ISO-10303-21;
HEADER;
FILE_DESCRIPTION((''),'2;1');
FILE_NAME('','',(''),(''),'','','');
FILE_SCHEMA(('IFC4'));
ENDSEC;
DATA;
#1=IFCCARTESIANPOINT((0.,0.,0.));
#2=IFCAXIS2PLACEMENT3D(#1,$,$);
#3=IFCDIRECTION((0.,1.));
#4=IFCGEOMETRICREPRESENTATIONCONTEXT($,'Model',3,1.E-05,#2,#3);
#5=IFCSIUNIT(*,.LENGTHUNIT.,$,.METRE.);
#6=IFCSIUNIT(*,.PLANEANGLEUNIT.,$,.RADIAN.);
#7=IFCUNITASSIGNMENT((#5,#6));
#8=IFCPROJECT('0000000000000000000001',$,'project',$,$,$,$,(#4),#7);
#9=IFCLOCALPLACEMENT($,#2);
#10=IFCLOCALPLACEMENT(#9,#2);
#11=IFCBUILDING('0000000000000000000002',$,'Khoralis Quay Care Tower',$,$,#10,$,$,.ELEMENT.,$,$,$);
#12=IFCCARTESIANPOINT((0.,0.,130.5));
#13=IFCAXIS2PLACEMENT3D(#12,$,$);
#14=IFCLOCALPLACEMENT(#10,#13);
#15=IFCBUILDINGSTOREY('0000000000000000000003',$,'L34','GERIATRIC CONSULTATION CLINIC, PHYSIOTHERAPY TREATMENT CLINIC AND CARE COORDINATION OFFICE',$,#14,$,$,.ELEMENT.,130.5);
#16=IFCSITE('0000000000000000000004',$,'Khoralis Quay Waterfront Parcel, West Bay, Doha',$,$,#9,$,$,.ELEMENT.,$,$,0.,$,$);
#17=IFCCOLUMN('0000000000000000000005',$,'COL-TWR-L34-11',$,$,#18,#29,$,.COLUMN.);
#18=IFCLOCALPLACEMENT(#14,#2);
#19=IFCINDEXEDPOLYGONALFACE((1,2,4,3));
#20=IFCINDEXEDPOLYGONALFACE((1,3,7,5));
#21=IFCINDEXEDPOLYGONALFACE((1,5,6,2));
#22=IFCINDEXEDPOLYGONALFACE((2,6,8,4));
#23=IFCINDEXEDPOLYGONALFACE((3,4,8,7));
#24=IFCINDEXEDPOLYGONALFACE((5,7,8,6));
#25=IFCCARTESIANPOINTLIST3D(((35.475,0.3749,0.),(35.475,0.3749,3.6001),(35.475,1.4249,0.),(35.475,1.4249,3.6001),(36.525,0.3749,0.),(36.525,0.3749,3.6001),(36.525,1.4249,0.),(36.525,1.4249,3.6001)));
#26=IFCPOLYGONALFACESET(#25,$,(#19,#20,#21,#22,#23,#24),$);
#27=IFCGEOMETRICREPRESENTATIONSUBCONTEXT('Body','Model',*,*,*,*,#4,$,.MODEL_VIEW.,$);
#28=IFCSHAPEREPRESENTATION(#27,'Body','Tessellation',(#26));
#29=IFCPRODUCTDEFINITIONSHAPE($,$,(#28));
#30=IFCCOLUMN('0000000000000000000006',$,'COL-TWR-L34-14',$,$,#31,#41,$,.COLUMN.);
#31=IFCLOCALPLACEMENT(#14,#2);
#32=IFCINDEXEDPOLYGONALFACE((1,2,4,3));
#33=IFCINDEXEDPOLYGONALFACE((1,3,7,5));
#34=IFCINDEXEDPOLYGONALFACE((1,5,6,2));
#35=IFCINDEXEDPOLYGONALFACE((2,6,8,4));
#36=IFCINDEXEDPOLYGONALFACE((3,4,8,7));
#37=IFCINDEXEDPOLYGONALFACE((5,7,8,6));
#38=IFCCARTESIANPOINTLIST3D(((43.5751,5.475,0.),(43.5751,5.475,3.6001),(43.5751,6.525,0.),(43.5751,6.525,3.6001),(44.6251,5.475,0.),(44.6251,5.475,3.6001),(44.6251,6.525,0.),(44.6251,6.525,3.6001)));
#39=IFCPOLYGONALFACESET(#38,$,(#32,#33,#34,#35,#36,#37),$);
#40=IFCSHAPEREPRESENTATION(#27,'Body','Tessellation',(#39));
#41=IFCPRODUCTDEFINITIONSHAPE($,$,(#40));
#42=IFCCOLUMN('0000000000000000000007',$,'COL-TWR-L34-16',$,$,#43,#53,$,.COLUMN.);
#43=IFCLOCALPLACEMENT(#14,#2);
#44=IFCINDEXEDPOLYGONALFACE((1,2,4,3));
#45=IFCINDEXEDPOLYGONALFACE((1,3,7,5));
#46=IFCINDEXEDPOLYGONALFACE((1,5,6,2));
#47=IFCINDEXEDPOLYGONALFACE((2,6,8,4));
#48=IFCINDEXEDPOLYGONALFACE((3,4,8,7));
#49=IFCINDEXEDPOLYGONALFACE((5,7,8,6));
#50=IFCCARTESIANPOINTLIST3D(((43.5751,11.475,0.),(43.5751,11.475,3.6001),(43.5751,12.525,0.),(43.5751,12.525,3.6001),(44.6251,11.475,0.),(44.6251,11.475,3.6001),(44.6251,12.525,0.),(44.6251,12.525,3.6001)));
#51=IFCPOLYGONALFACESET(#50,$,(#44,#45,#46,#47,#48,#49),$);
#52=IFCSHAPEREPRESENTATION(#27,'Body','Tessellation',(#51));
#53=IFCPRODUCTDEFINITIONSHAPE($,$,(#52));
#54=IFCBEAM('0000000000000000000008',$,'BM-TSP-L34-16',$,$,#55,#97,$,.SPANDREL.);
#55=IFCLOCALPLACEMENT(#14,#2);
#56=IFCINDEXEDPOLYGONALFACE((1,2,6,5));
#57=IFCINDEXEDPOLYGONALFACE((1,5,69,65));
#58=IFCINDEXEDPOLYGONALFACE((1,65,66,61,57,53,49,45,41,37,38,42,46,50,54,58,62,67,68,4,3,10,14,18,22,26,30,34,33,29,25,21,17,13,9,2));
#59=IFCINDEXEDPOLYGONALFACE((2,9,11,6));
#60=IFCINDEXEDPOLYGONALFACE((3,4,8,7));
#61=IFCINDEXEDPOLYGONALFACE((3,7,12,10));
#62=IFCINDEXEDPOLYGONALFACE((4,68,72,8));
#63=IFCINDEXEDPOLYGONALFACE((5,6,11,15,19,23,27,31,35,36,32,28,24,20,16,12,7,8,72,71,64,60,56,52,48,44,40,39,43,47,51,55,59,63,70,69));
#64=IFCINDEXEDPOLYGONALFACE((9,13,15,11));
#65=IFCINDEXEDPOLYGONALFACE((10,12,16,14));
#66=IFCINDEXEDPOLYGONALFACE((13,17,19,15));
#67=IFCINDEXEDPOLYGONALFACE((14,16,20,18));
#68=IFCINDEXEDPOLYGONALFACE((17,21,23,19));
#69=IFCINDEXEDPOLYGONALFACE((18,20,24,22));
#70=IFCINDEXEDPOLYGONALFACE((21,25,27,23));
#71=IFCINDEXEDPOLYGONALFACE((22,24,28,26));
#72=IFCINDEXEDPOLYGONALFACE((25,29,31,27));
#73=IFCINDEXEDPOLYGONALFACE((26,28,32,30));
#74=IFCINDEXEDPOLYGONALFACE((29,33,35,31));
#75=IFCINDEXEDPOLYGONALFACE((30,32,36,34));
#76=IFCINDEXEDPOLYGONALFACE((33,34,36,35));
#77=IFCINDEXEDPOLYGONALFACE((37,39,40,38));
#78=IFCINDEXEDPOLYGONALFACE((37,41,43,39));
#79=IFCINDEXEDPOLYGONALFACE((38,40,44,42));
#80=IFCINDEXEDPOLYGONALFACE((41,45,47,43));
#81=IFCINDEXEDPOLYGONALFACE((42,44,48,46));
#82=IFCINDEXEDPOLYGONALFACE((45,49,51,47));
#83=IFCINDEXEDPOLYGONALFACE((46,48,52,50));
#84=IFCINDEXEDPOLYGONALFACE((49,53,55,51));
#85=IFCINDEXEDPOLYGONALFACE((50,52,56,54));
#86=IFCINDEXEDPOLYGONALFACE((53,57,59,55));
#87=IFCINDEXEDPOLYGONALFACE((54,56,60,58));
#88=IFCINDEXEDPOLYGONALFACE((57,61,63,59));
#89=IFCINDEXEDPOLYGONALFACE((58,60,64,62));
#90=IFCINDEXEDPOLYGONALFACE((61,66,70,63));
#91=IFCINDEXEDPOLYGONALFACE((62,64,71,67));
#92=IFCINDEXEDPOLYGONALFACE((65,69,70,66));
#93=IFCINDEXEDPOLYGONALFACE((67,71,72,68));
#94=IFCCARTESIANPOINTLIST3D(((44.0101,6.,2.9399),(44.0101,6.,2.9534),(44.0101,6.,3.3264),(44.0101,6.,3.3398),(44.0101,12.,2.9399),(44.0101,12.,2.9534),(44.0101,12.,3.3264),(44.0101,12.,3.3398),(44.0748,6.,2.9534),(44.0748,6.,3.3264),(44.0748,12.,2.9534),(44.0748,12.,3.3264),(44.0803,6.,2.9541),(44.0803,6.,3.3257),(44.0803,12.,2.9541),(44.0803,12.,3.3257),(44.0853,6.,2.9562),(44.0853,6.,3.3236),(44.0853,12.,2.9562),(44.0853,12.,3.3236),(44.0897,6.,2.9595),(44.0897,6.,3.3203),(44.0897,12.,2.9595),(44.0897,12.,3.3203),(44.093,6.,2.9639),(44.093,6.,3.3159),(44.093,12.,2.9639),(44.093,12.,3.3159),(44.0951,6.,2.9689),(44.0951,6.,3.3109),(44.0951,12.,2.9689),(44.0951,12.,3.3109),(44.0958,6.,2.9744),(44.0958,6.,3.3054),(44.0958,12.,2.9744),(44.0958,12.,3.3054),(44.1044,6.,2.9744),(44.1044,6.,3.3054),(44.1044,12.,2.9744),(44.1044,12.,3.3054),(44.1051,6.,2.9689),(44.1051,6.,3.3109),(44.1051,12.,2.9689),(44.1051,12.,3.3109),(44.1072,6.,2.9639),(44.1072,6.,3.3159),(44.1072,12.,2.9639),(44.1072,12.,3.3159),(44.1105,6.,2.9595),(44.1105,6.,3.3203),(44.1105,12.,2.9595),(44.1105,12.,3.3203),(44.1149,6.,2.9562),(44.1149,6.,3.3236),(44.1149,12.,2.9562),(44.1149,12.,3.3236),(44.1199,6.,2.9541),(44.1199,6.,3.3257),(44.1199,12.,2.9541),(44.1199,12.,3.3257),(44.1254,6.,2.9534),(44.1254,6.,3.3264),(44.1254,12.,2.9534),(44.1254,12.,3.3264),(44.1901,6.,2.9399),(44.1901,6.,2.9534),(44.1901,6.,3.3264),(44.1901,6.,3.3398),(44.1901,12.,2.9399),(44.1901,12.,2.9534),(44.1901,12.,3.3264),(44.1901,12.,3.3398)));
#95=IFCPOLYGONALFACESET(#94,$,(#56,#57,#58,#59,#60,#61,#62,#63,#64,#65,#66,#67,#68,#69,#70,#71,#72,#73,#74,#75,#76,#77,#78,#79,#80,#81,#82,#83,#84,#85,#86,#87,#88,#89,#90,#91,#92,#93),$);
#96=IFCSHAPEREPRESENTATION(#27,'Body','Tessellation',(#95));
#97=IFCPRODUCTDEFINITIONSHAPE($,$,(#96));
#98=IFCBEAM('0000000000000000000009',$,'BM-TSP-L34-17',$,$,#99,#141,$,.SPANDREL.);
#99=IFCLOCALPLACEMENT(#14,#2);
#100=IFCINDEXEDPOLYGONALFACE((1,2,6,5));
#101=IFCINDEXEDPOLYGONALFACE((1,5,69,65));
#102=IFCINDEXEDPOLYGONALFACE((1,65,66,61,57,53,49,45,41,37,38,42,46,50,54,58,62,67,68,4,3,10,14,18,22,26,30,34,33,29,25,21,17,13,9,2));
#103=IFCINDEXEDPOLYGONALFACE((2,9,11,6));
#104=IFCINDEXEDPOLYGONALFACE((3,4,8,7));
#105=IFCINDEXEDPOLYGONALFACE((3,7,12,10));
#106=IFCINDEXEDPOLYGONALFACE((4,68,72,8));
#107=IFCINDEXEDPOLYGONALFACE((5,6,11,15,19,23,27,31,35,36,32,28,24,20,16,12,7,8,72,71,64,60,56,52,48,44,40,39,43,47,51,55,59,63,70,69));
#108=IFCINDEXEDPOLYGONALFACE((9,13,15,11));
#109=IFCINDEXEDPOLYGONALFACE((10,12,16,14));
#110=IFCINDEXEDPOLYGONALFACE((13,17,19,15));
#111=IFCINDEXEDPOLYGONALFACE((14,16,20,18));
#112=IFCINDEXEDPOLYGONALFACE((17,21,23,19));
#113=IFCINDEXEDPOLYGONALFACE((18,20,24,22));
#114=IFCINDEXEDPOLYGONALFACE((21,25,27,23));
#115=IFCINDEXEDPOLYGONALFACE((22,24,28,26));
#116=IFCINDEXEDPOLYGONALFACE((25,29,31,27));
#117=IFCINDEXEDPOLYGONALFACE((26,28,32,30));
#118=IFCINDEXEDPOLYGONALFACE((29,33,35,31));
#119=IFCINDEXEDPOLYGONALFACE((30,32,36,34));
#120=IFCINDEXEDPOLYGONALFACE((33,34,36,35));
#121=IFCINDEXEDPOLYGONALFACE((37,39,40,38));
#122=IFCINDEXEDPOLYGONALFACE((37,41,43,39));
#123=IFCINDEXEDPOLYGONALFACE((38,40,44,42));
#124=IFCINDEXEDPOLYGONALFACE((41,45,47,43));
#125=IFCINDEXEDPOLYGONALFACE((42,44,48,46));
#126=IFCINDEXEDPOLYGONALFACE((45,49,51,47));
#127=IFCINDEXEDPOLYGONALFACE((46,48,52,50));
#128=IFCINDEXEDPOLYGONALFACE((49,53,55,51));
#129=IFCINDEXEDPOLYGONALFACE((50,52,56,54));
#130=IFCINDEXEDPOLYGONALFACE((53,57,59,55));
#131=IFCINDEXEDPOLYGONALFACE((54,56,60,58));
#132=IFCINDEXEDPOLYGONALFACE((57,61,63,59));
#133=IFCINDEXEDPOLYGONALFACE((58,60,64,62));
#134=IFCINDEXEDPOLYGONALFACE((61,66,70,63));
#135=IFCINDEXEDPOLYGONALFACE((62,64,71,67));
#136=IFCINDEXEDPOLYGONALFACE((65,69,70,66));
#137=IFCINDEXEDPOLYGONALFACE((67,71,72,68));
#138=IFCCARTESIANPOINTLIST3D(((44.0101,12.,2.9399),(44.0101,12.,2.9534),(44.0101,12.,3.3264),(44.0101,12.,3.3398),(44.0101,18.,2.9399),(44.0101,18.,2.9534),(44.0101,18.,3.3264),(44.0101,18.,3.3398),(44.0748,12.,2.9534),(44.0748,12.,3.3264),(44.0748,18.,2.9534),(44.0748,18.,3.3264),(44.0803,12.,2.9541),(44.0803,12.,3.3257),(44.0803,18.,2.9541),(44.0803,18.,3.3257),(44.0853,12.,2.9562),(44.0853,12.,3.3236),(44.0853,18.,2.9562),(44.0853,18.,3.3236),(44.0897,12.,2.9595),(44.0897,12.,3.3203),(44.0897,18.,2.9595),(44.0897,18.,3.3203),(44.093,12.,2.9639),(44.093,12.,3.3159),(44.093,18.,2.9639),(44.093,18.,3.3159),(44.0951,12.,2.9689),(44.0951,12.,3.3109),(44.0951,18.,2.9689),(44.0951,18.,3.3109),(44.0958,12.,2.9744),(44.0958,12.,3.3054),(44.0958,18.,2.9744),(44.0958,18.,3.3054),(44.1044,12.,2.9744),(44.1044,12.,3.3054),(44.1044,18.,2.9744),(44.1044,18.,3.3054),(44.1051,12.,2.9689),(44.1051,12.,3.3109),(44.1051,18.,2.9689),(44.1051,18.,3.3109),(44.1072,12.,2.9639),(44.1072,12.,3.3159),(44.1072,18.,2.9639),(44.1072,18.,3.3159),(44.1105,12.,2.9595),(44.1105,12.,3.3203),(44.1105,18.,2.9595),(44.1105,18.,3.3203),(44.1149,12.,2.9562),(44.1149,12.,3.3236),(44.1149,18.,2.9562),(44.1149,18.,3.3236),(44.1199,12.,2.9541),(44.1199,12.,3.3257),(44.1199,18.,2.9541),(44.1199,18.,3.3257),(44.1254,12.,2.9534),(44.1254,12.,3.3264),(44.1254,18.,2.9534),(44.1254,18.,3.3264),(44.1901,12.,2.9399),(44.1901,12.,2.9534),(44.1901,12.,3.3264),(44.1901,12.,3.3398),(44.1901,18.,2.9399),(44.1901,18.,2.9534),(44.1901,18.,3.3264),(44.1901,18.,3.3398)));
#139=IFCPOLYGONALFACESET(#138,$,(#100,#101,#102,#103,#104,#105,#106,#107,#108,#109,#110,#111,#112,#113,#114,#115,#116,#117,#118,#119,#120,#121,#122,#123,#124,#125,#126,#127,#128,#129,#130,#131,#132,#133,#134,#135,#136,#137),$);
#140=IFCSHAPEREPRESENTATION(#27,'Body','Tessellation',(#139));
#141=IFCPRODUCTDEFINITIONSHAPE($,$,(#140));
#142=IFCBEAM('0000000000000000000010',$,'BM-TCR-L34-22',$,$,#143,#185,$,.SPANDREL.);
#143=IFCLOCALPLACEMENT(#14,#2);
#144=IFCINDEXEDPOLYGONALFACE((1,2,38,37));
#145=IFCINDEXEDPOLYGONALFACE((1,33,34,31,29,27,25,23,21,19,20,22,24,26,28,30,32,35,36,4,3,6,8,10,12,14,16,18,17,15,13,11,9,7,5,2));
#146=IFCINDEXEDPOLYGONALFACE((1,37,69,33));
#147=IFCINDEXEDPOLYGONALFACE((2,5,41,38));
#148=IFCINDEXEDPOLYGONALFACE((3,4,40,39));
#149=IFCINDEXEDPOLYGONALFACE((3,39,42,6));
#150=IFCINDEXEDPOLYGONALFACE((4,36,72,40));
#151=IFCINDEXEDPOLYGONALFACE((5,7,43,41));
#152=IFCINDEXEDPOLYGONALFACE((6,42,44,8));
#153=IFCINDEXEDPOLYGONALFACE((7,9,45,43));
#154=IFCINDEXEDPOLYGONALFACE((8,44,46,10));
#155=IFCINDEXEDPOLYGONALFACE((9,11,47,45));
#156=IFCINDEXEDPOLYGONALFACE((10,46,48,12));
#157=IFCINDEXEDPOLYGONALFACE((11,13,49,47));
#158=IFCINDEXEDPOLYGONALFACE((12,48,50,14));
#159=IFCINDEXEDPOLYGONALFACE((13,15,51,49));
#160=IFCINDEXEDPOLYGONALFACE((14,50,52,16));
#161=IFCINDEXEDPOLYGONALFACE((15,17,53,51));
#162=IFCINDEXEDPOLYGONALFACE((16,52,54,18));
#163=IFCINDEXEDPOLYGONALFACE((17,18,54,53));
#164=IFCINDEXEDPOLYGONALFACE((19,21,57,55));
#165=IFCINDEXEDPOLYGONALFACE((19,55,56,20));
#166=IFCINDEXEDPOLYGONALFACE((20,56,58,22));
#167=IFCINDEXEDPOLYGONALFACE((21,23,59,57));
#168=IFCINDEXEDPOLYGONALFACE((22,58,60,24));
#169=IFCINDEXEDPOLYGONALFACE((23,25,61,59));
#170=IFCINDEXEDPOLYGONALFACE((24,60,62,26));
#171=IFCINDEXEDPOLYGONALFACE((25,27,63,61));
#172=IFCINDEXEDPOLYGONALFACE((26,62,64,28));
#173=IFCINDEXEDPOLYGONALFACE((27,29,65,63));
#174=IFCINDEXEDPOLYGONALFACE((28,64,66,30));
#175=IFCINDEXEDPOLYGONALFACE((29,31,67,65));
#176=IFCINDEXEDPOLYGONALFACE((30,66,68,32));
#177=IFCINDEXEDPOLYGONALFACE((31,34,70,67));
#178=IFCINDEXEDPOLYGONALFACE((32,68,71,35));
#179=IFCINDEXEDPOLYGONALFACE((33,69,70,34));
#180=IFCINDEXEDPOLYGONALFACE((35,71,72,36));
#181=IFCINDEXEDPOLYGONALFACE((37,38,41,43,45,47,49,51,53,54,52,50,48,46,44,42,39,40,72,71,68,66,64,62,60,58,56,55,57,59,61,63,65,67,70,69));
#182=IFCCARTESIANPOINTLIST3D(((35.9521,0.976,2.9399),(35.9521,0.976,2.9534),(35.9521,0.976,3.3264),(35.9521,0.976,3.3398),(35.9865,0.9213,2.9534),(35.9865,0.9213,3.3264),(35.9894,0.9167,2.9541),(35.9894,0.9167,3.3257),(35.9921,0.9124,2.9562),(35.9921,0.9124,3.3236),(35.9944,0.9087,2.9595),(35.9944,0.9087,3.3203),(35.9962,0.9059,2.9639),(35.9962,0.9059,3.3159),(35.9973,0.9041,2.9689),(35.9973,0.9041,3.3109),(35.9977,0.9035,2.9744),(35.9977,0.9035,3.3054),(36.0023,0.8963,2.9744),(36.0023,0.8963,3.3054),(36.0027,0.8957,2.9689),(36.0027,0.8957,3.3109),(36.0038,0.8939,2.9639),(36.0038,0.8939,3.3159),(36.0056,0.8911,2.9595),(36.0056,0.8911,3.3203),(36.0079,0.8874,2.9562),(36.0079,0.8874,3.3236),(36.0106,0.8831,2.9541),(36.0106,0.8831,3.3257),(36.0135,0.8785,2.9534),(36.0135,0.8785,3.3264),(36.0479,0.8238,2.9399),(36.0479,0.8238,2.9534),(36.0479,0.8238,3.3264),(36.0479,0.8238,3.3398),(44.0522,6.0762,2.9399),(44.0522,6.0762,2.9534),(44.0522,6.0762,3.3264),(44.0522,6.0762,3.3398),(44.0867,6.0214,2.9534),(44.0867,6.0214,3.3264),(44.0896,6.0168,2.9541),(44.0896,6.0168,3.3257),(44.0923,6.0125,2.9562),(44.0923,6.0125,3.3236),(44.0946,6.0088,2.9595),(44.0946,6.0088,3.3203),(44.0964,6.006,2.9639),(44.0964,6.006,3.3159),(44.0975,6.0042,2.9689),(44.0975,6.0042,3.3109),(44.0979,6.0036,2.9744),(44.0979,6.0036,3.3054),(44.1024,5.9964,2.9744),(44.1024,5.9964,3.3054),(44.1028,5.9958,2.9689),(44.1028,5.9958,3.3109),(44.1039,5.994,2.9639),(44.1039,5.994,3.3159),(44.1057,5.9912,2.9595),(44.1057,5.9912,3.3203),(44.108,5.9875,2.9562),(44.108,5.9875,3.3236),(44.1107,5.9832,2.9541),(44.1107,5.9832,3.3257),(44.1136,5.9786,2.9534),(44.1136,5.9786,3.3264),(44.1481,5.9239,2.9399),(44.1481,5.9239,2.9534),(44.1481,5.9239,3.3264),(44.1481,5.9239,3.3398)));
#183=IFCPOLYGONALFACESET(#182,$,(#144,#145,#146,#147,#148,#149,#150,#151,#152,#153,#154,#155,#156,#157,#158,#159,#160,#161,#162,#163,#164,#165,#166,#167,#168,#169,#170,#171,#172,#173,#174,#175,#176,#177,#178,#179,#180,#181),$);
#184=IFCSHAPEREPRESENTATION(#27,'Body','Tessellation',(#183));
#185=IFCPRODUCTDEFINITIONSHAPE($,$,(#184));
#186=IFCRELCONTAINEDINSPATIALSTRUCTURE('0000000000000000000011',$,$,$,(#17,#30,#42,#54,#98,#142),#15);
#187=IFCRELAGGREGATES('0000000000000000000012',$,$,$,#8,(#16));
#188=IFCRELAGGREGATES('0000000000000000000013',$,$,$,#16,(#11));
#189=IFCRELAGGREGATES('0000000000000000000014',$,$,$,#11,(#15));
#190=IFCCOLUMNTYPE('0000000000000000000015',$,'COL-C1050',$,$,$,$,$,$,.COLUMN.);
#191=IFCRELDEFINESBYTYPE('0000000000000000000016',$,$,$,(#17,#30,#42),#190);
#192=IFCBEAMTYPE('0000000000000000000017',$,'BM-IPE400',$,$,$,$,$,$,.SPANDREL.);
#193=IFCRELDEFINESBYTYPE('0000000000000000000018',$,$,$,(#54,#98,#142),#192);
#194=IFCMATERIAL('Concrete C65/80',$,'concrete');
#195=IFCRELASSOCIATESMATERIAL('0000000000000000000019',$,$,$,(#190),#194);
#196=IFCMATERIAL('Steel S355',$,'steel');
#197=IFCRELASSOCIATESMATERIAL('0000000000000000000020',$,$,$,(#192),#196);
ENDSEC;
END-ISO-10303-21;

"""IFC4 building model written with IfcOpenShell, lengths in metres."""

from ifc_helpers import new_model, si_unit, direction, frame, origin, origin_2d, place, context, subcontext, project, spatial, rectangle, i_section, extrude, source, transform, mapped, material, material_profile, profile_set, type_object, element, save


model = new_model("IFC4")

# Units and contexts
model_context = context("Model", 3, precision=1e-05, world=origin(), true_north=direction((0.0, 1.0)))
body_context = subcontext(model_context, "Body", "Model", "MODEL_VIEW")
ifc_project = project(units=[si_unit("LENGTHUNIT", "METRE"), si_unit("PLANEANGLEUNIT", "RADIAN")], contexts=[model_context])

# Site, building, storey
site_placement = place(None, origin())
site = spatial("IfcSite", under=ifc_project, at=site_placement, Name="Khoralis Quay Waterfront Parcel, West Bay, Doha", CompositionType="ELEMENT", RefElevation=0.0)
building_placement = place(site_placement, origin())
building = spatial("IfcBuilding", under=site, at=building_placement, Name="Khoralis Quay Care Tower", CompositionType="ELEMENT")
storey_placement = place(building_placement, frame((0.0, 0.0, 130.5)))
storey = spatial("IfcBuildingStorey", under=building, at=storey_placement, Name="L34", Description="GERIATRIC CONSULTATION CLINIC, PHYSIOTHERAPY TREATMENT CLINIC AND CARE COORDINATION OFFICE", CompositionType="ELEMENT", Elevation=130.5)

# Columns
ifc_material_1 = material(Name="Concrete C65/80", Category="concrete")
ifc_material_profile_1 = material_profile(ifc_material_1, rectangle(XDim=1.05, YDim=1.05, at=origin_2d()), Name="Concrete C65/80")
ifc_profile_set_1 = profile_set([ifc_material_profile_1], Name="Concrete C65/80")
column_type = type_object("IfcColumnType", Name="COL-C1050", PredefinedType="COLUMN", material=ifc_profile_set_1)
shared_shape_1 = source(origin(), body_context, "Body", "SweptSolid", [
    extrude(rectangle(XDim=1.05, YDim=1.05, at=origin_2d()), origin(), (0.0, 0.0, 1.0), 3.6001),
])
for number, where, z_axis, x_axis, name in (
    (1, (36.0, 0.8999, 0.0), (0.0, 0.0, 1.0), (1.0, 0.0, 0.0), "COL-TWR-L34-11"),
    (2, (44.1001, 6.0, 0.0), (0.0, 0.0, 1.0), (1.0, 0.0, 0.0), "COL-TWR-L34-14"),
    (3, (44.1001, 12.0, 0.0), (0.0, 0.0, 1.0), (1.0, 0.0, 0.0), "COL-TWR-L34-16"),
):
    element("IfcColumn", number, at=place(storey_placement, frame(where, z_axis=z_axis, x_axis=x_axis)), inside=storey, type_object=column_type, Name=name, PredefinedType="COLUMN", context=body_context, shape_type="MappedRepresentation", body=[
        mapped(shared_shape_1, transform((0.0, 0.0, 0.0), scale=1.0)),
    ])

# Beams
ifc_material_2 = material(Name="Steel S355", Category="steel")
ifc_material_profile_2 = material_profile(ifc_material_2, i_section(OverallWidth=0.1799, OverallDepth=0.3999, WebThickness=0.0085, FlangeThickness=0.0134, FilletRadius=0.021, at=origin_2d()), Name="Steel S355")
ifc_profile_set_2 = profile_set([ifc_material_profile_2], Name="Steel S355")
beam_type_1 = type_object("IfcBeamType", Name="BM-IPE400", PredefinedType="SPANDREL", material=ifc_profile_set_2)
shared_shape_2 = source(origin(), body_context, "Body", "SweptSolid", [
    extrude(i_section(OverallWidth=0.1799, OverallDepth=0.3999, WebThickness=0.0085, FlangeThickness=0.0134, FilletRadius=0.021, at=origin_2d()), origin(), (0.0, 0.0, 1.0), 6.0),
])
for number, where, z_axis, x_axis, name in (
    (4, (44.1001, 6.0, 3.1399), (0.0, 1.0, 0.0), (-1.0, 0.0, 0.0), "BM-TSP-L34-16"),
    (5, (44.1001, 12.0, 3.1399), (0.0, 1.0, 0.0), (-1.0, 0.0, 0.0), "BM-TSP-L34-17"),
):
    element("IfcBeam", number, at=place(storey_placement, frame(where, z_axis=z_axis, x_axis=x_axis)), inside=storey, type_object=beam_type_1, Name=name, PredefinedType="SPANDREL", context=body_context, shape_type="MappedRepresentation", body=[
        mapped(shared_shape_2, transform((0.0, 0.0, 0.0), scale=1.0)),
    ])
shared_shape_3 = source(origin(), body_context, "Body", "SweptSolid", [
    extrude(i_section(OverallWidth=0.1799, OverallDepth=0.3999, WebThickness=0.0085, FlangeThickness=0.0134, FilletRadius=0.021, at=origin_2d()), origin(), (0.0, 0.0, 1.0), 9.572),
])
beam_1_placement = place(storey_placement, frame((36.0, 0.8999, 3.1399), z_axis=(0.846231, 0.532816, 0.0), x_axis=(-0.532816, 0.846231, 0.0)))
element("IfcBeam", 6, at=beam_1_placement, inside=storey, type_object=beam_type_1, Name="BM-TCR-L34-22", PredefinedType="SPANDREL", context=body_context, shape_type="MappedRepresentation", body=[
    mapped(shared_shape_3, transform((0.0, 0.0, 0.0), scale=1.0)),
])

save(model, "model.ifc")
